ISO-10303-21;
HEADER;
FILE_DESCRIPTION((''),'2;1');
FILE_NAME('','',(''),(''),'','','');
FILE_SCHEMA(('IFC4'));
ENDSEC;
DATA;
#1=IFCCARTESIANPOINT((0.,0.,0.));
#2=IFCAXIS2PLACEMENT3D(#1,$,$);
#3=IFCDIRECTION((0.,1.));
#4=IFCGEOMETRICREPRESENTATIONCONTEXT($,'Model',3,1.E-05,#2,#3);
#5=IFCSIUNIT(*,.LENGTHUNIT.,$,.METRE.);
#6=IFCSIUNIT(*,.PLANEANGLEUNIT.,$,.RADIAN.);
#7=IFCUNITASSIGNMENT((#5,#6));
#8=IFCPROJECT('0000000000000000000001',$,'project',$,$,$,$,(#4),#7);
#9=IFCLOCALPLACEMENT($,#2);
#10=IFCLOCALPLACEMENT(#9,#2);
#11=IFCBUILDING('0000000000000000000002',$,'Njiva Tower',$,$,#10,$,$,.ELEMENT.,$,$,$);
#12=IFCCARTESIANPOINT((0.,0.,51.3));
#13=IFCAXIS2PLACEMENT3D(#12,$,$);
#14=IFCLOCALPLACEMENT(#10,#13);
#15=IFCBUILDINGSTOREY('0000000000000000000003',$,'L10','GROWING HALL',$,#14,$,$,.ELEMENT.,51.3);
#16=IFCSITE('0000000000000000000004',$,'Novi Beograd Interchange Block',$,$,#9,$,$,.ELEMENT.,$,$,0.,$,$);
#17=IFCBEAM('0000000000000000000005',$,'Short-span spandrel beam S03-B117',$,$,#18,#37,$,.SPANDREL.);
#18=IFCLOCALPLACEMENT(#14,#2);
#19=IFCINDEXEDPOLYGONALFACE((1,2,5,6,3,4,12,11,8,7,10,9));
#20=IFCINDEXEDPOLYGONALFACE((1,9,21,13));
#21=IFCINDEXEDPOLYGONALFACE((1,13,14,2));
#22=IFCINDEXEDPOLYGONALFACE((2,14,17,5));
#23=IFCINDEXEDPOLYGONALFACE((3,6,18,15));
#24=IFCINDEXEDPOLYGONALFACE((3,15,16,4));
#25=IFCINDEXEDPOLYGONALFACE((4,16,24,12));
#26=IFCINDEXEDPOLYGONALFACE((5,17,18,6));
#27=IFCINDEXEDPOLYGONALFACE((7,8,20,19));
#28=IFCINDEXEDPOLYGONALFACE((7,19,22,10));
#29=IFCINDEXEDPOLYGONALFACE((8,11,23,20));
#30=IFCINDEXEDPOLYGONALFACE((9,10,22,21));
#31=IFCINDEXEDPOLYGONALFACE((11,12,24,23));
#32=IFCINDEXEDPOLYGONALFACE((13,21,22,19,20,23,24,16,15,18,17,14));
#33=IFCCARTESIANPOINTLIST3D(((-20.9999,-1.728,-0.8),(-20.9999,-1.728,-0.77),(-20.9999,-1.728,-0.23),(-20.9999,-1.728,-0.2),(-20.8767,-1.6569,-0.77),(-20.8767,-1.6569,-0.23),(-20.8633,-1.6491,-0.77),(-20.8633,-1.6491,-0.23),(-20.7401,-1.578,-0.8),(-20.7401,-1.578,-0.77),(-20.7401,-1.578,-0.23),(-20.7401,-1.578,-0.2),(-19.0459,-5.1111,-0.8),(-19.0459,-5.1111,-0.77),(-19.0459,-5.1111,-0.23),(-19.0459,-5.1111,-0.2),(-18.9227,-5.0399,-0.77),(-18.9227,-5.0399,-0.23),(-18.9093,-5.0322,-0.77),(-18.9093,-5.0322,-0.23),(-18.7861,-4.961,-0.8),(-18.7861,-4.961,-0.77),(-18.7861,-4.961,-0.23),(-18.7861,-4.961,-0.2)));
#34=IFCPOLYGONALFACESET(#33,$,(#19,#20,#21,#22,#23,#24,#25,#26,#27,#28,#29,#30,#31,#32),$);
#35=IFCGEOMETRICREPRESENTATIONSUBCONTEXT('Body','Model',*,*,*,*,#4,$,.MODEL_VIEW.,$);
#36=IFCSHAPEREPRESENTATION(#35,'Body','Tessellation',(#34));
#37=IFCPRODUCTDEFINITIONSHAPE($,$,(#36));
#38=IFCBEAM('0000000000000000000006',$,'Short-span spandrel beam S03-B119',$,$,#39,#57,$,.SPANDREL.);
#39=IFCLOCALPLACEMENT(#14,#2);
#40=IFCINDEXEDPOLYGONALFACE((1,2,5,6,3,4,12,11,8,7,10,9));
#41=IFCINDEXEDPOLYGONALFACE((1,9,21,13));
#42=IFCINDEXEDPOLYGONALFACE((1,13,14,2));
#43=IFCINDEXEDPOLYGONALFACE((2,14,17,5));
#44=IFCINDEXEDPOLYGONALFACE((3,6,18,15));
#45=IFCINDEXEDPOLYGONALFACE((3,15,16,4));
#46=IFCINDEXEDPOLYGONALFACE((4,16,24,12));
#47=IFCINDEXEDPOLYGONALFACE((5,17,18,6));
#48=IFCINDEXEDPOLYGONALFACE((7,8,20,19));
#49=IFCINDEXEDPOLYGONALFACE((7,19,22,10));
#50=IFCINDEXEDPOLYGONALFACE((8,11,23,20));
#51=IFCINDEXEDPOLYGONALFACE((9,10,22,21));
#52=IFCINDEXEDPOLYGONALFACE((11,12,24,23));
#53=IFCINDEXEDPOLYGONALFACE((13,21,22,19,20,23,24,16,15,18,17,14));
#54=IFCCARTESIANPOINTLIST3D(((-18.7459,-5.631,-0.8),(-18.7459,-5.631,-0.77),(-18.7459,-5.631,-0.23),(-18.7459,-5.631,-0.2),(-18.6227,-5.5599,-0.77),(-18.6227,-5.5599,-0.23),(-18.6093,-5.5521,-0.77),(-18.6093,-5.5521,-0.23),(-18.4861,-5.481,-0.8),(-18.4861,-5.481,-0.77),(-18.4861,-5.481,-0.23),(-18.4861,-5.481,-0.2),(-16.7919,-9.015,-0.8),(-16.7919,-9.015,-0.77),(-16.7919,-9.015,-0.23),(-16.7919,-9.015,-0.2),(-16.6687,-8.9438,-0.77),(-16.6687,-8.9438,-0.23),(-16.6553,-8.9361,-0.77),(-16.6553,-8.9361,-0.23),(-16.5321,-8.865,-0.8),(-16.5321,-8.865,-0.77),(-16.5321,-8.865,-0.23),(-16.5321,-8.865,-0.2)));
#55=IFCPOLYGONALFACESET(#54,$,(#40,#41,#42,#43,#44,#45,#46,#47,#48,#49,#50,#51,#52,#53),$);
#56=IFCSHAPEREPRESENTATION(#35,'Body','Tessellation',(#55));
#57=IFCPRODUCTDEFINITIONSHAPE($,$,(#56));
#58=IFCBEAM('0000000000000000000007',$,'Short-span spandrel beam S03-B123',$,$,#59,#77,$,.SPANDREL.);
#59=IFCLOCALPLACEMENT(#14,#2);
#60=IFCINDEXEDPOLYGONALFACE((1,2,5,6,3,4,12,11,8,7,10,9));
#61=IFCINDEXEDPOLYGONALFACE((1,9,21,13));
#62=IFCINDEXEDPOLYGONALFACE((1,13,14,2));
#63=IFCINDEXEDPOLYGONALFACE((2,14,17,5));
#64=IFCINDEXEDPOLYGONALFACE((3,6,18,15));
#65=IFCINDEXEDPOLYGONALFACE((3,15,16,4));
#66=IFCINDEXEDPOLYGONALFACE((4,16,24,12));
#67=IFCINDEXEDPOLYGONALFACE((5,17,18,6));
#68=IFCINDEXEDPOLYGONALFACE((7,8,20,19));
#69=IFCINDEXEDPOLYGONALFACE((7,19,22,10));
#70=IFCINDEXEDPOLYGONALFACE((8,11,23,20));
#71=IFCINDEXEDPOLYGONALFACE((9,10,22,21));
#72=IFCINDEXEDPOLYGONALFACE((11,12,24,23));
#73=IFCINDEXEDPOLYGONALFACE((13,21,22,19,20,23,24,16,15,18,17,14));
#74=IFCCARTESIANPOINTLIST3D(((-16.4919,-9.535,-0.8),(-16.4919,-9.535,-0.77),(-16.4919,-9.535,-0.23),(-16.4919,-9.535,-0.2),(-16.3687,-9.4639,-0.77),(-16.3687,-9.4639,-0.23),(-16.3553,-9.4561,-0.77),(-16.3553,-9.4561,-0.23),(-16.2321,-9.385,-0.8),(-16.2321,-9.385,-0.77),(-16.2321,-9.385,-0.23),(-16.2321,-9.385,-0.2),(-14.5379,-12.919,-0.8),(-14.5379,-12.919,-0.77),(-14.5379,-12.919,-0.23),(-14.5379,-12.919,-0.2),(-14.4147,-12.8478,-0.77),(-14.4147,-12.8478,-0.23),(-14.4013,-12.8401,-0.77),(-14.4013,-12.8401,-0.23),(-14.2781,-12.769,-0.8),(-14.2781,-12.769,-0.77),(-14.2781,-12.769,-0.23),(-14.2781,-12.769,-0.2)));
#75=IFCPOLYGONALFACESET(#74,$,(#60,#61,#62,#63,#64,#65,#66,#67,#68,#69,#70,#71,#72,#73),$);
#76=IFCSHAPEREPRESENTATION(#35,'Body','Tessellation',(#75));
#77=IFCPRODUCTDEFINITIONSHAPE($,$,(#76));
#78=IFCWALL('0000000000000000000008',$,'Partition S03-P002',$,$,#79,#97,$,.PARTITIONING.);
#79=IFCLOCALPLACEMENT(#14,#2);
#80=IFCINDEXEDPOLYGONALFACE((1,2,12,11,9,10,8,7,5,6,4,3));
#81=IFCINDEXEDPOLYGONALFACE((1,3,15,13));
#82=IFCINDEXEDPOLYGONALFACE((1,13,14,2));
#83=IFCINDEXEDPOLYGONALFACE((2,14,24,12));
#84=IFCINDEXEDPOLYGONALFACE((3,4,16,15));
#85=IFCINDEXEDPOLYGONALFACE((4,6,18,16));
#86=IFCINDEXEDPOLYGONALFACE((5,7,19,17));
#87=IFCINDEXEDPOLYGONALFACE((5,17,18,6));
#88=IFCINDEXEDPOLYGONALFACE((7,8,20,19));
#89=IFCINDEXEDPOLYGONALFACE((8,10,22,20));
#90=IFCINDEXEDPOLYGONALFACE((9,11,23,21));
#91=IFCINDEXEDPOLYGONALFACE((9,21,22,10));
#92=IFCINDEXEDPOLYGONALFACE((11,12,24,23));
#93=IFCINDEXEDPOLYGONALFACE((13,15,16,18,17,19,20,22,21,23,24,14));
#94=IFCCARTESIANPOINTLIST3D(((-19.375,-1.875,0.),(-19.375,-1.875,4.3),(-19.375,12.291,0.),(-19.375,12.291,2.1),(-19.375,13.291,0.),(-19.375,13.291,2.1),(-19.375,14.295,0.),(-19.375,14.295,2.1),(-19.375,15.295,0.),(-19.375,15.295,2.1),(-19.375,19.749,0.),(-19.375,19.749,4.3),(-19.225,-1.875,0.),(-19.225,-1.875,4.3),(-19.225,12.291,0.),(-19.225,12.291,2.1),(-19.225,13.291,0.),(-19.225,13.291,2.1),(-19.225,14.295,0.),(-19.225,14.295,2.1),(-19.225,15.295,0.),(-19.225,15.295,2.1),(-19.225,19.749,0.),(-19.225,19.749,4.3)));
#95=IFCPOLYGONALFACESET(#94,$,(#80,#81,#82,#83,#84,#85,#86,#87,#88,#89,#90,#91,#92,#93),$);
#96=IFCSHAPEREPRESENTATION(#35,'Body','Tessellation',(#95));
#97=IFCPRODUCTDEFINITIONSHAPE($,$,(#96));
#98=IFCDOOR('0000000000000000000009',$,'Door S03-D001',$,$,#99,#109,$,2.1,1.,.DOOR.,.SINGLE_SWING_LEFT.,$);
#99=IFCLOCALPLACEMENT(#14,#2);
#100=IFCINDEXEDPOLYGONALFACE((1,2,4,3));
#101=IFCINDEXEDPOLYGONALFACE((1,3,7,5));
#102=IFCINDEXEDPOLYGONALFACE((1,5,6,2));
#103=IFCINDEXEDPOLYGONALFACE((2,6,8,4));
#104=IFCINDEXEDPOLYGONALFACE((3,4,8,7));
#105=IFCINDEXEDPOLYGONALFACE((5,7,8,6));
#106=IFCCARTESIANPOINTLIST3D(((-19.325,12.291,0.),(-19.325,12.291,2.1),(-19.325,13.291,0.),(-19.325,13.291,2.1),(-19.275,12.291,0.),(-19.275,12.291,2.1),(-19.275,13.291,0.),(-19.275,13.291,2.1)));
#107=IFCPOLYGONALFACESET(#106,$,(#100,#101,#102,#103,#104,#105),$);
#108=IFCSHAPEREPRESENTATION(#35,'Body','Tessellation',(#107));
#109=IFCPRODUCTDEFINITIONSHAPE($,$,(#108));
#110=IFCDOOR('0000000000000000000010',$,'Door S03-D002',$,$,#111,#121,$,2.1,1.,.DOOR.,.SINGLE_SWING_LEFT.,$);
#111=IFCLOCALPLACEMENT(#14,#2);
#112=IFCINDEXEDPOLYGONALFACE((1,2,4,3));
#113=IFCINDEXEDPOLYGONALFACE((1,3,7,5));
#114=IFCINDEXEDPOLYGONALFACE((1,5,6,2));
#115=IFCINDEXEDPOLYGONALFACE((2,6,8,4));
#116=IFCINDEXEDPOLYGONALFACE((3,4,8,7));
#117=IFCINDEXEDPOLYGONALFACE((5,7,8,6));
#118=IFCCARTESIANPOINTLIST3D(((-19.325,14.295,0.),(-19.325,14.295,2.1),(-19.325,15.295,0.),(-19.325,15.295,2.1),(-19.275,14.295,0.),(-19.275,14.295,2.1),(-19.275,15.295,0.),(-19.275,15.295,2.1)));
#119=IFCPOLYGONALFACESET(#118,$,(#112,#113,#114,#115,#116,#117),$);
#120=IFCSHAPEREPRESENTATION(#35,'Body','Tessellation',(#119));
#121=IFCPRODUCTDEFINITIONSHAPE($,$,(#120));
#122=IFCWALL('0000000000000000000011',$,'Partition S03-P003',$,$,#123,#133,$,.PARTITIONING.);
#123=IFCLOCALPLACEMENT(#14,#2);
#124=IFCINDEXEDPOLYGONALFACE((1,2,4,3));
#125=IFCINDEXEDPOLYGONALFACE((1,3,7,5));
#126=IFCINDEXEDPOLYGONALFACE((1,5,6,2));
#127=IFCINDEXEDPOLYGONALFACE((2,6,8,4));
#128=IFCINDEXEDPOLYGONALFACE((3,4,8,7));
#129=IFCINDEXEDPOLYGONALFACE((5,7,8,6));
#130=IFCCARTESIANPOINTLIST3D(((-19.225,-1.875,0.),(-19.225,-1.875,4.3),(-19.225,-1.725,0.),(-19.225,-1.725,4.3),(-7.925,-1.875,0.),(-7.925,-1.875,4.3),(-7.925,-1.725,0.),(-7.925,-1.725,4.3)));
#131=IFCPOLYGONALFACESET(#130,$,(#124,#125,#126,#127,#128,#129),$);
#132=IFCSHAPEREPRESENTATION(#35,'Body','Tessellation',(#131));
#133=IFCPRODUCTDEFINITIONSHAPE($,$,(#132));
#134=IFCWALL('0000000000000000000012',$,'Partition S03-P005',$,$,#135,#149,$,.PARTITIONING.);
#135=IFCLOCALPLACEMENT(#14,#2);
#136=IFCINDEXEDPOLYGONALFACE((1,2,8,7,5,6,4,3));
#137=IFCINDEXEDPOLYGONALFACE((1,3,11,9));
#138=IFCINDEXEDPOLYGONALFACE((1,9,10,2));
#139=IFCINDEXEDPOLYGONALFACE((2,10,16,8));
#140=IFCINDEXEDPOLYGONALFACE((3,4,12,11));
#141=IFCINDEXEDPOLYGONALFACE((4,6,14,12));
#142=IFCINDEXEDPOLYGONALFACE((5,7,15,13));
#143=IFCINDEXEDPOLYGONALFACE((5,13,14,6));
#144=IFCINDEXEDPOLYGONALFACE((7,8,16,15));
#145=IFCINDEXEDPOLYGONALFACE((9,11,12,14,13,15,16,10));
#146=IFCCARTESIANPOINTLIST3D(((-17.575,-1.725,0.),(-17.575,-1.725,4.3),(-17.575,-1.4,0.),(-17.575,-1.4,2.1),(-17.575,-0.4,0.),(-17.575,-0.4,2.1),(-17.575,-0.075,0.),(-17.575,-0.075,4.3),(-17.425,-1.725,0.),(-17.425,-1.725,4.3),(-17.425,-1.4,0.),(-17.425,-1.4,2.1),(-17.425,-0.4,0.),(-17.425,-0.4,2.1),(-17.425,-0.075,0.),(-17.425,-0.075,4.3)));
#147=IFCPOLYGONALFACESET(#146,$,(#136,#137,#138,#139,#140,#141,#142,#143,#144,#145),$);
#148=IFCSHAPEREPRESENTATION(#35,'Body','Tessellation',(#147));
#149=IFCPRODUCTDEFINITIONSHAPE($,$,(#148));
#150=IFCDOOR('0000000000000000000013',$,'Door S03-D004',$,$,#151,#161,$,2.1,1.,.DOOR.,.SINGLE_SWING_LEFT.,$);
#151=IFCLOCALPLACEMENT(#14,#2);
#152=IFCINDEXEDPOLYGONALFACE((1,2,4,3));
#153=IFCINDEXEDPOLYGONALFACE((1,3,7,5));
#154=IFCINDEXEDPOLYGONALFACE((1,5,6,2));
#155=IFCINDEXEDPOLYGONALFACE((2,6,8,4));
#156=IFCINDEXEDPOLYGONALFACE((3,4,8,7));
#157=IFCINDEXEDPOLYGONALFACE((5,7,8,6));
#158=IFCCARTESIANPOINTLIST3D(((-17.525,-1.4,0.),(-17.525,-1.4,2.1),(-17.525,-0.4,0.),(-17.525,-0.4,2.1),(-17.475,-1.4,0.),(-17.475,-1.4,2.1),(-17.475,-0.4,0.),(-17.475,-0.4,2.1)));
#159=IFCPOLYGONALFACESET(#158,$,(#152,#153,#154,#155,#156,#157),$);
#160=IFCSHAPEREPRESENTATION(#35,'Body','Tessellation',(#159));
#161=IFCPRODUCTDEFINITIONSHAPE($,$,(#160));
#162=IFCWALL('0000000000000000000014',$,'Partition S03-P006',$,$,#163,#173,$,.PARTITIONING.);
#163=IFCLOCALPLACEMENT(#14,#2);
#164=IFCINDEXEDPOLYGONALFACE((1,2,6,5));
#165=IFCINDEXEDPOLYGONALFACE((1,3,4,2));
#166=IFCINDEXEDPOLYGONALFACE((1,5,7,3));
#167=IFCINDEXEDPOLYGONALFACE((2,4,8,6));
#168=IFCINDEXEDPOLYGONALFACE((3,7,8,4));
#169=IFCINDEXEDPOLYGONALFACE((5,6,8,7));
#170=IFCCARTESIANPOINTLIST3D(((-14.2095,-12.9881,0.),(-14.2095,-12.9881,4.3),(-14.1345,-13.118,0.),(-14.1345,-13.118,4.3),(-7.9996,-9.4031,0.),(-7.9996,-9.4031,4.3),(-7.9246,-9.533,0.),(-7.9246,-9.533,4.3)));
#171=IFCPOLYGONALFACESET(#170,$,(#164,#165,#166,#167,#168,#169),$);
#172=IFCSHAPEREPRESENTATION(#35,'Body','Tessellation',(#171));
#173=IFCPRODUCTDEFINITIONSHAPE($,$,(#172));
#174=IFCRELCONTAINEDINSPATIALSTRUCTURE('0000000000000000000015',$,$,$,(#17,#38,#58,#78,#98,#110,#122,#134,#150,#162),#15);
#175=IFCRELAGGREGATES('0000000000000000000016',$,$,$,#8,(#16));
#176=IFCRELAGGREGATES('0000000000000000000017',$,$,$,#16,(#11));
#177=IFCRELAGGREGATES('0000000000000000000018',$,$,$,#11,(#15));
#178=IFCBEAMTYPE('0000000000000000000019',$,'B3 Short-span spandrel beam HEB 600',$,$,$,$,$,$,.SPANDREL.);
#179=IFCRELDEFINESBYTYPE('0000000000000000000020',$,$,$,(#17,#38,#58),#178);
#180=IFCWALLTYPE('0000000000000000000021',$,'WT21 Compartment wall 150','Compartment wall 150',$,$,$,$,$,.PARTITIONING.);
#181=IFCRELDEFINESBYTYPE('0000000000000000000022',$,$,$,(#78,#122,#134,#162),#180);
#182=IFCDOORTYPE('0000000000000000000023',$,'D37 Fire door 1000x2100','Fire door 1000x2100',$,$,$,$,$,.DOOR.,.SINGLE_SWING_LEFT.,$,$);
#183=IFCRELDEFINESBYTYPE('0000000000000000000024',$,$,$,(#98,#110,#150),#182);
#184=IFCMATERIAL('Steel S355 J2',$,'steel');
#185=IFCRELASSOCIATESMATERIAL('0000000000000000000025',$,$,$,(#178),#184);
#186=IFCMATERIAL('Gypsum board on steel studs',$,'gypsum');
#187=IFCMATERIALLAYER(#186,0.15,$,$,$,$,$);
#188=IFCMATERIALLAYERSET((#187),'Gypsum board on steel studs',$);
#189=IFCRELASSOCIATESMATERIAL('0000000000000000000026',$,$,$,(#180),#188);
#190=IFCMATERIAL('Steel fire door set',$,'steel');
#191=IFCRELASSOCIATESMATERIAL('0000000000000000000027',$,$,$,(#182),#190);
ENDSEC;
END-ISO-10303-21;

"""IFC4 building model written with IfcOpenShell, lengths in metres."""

from ifc_helpers import new_model, si_unit, direction, frame, frame_2d, origin, origin_2d, place, context, subcontext, project, spatial, rectangle, i_section, extrude, material, layer, layer_set, material_profile, profile_set, type_object, element, fill, save


model = new_model("IFC4")

# Units and contexts
model_context = context("Model", 3, precision=1e-05, world=origin(), true_north=direction((0.0, 1.0)))
body_context = subcontext(model_context, "Body", "Model", "MODEL_VIEW")
ifc_project = project(units=[si_unit("LENGTHUNIT", "METRE"), si_unit("PLANEANGLEUNIT", "RADIAN")], contexts=[model_context])

# Site, building, storey
site_placement = place(None, origin())
site = spatial("IfcSite", under=ifc_project, at=site_placement, Name="Novi Beograd Interchange Block", CompositionType="ELEMENT", RefElevation=0.0)
building_placement = place(site_placement, origin())
building = spatial("IfcBuilding", under=site, at=building_placement, Name="Njiva Tower", CompositionType="ELEMENT")
storey_placement = place(building_placement, frame((0.0, 0.0, 51.3)))
storey = spatial("IfcBuildingStorey", under=building, at=storey_placement, Name="L10", Description="GROWING HALL", CompositionType="ELEMENT", Elevation=51.3)

# Shared definitions
ifc_material_1 = material(Name="Steel S355 J2", Category="steel")

# Beams
ifc_material_profile_1 = material_profile(ifc_material_1, i_section(OverallWidth=0.3, OverallDepth=0.6, WebThickness=0.0155, FlangeThickness=0.03, at=origin_2d()), Name="HEB 600")
ifc_profile_set_1 = profile_set([ifc_material_profile_1], Name="Steel S355 J2")
beam_type_1 = type_object("IfcBeamType", Name="B3 Short-span spandrel beam HEB 600", PredefinedType="SPANDREL", material=ifc_profile_set_1)
beam_1_placement = place(storey_placement, frame((-20.87, -1.653, -0.5), z_axis=(0.500158, -0.865934, 0.0), x_axis=(0.865934, 0.500158, 0.0)))
element("IfcBeam", 1, at=beam_1_placement, inside=storey, type_object=beam_type_1, Name="Short-span spandrel beam S03-B117", PredefinedType="SPANDREL", context=body_context, shape_type="SweptSolid", body=[
    extrude(i_section(OverallWidth=0.3, OverallDepth=0.6, WebThickness=0.0155, FlangeThickness=0.03, at=origin_2d()), origin(), (0.0, 0.0, 1.0), 3.9068),
])
for number, where, z_axis, x_axis, name in (
    (2, (-18.616, -5.556, -0.5), (0.500047, -0.865998, 0.0), (0.865998, 0.500047, 0.0), "Short-span spandrel beam S03-B119"),
    (3, (-16.362, -9.46, -0.5), (0.500047, -0.865998, 0.0), (0.865998, 0.500047, 0.0), "Short-span spandrel beam S03-B123"),
):
    element("IfcBeam", number, at=place(storey_placement, frame(where, z_axis=z_axis, x_axis=x_axis)), inside=storey, type_object=beam_type_1, Name=name, PredefinedType="SPANDREL", context=body_context, shape_type="SweptSolid", body=[
        extrude(i_section(OverallWidth=0.3, OverallDepth=0.6, WebThickness=0.0155, FlangeThickness=0.03, at=origin_2d()), origin(), (0.0, 0.0, 1.0), 3.9076),
    ])

# Wall, openings, doors
ifc_material_2 = material(Name="Gypsum board on steel studs", Category="gypsum")
ifc_layer = layer(ifc_material_2, 0.15)
ifc_layer_set = layer_set([ifc_layer], Name="Gypsum board on steel studs")
wall_type = type_object("IfcWallType", Name="WT21 Compartment wall 150", Description="Compartment wall 150", PredefinedType="PARTITIONING", material=ifc_layer_set)
wall_1_placement = place(storey_placement, frame((-19.3, -1.875, 0.0), z_axis=(0.0, 0.0, 1.0), x_axis=(0.0, 1.0, 0.0)))
wall_1 = element("IfcWall", 4, at=wall_1_placement, inside=storey, type_object=wall_type, Name="Partition S03-P002", PredefinedType="PARTITIONING", context=body_context, shape_type="SweptSolid", body=[
    extrude(rectangle(XDim=21.624, YDim=0.15, at=frame_2d((10.812, 0.0))), origin(), (0.0, 0.0, 1.0), 4.3),
])
opening_1_placement = place(wall_1_placement, frame((14.166, 0.0, 0.0)))
opening_1 = element("IfcOpeningElement", 5, at=opening_1_placement, cuts=wall_1, PredefinedType="OPENING", context=body_context, shape_type="SweptSolid", body=[
    extrude(rectangle(XDim=1.0, YDim=2.1, at=frame_2d((0.5, 1.05))), frame((0.0, 0.085, 0.0), z_axis=(0.0, -1.0, 0.0), x_axis=(1.0, 0.0, 0.0)), (0.0, 0.0, 1.0), 0.17),
])
opening_2_placement = place(wall_1_placement, frame((16.17, 0.0, 0.0)))
opening_2 = element("IfcOpeningElement", 6, at=opening_2_placement, cuts=wall_1, PredefinedType="OPENING", context=body_context, shape_type="SweptSolid", body=[
    extrude(rectangle(XDim=1.0, YDim=2.1, at=frame_2d((0.5, 1.05))), frame((0.0, 0.085, 0.0), z_axis=(0.0, -1.0, 0.0), x_axis=(1.0, 0.0, 0.0)), (0.0, 0.0, 1.0), 0.17),
])
ifc_material_3 = material(Name="Steel fire door set", Category="steel")
door_type = type_object("IfcDoorType", Name="D37 Fire door 1000x2100", Description="Fire door 1000x2100", OperationType="SINGLE_SWING_LEFT", PredefinedType="DOOR", material=ifc_material_3)
door_1_placement = place(opening_1_placement, origin())
door_1 = element("IfcDoor", 7, at=door_1_placement, inside=storey, type_object=door_type, Name="Door S03-D001", OperationType="SINGLE_SWING_LEFT", OverallHeight=2.1, OverallWidth=1.0, PredefinedType="DOOR", context=body_context, shape_type="SweptSolid", body=[
    extrude(rectangle(XDim=1.0, YDim=2.1, at=frame_2d((0.5, 1.05))), frame((0.0, 0.025, 0.0), z_axis=(0.0, -1.0, 0.0), x_axis=(1.0, 0.0, 0.0)), (0.0, 0.0, 1.0), 0.05),
])
fill(opening_1, door_1)
door_2_placement = place(opening_2_placement, origin())
door_2 = element("IfcDoor", 8, at=door_2_placement, inside=storey, type_object=door_type, Name="Door S03-D002", OperationType="SINGLE_SWING_LEFT", OverallHeight=2.1, OverallWidth=1.0, PredefinedType="DOOR", context=body_context, shape_type="SweptSolid", body=[
    extrude(rectangle(XDim=1.0, YDim=2.1, at=frame_2d((0.5, 1.05))), frame((0.0, 0.025, 0.0), z_axis=(0.0, -1.0, 0.0), x_axis=(1.0, 0.0, 0.0)), (0.0, 0.0, 1.0), 0.05),
])
fill(opening_2, door_2)

# Wall
wall_2_placement = place(storey_placement, frame((-19.225, -1.8, 0.0), z_axis=(0.0, 0.0, 1.0), x_axis=(1.0, 0.0, 0.0)))
element("IfcWall", 9, at=wall_2_placement, inside=storey, type_object=wall_type, Name="Partition S03-P003", PredefinedType="PARTITIONING", context=body_context, shape_type="SweptSolid", body=[
    extrude(rectangle(XDim=11.3, YDim=0.15, at=frame_2d((5.65, 0.0))), origin(), (0.0, 0.0, 1.0), 4.3),
])

# Wall, opening, door
wall_3_placement = place(storey_placement, frame((-17.5, -1.725, 0.0), z_axis=(0.0, 0.0, 1.0), x_axis=(0.0, 1.0, 0.0)))
wall_3 = element("IfcWall", 10, at=wall_3_placement, inside=storey, type_object=wall_type, Name="Partition S03-P005", PredefinedType="PARTITIONING", context=body_context, shape_type="SweptSolid", body=[
    extrude(rectangle(XDim=1.65, YDim=0.15, at=frame_2d((0.825, 0.0))), origin(), (0.0, 0.0, 1.0), 4.3),
])
opening_3_placement = place(wall_3_placement, frame((0.325, 0.0, 0.0)))
opening_3 = element("IfcOpeningElement", 11, at=opening_3_placement, cuts=wall_3, PredefinedType="OPENING", context=body_context, shape_type="SweptSolid", body=[
    extrude(rectangle(XDim=1.0, YDim=2.1, at=frame_2d((0.5, 1.05))), frame((0.0, 0.085, 0.0), z_axis=(0.0, -1.0, 0.0), x_axis=(1.0, 0.0, 0.0)), (0.0, 0.0, 1.0), 0.17),
])
door_3_placement = place(opening_3_placement, origin())
door_3 = element("IfcDoor", 12, at=door_3_placement, inside=storey, type_object=door_type, Name="Door S03-D004", OperationType="SINGLE_SWING_LEFT", OverallHeight=2.1, OverallWidth=1.0, PredefinedType="DOOR", context=body_context, shape_type="SweptSolid", body=[
    extrude(rectangle(XDim=1.0, YDim=2.1, at=frame_2d((0.5, 1.05))), frame((0.0, 0.025, 0.0), z_axis=(0.0, -1.0, 0.0), x_axis=(1.0, 0.0, 0.0)), (0.0, 0.0, 1.0), 0.05),
])
fill(opening_3, door_3)

# Wall
wall_4_placement = place(storey_placement, frame((-14.172, -13.053, 0.0), z_axis=(0.0, 0.0, 1.0), x_axis=(0.866046, 0.499964, 0.0)))
element("IfcWall", 13, at=wall_4_placement, inside=storey, type_object=wall_type, Name="Partition S03-P006", PredefinedType="PARTITIONING", context=body_context, shape_type="SweptSolid", body=[
    extrude(rectangle(XDim=7.1705, YDim=0.15, at=frame_2d((3.5852, 0.0))), origin(), (0.0, 0.0, 1.0), 4.3),
])

save(model, "model.ifc")
